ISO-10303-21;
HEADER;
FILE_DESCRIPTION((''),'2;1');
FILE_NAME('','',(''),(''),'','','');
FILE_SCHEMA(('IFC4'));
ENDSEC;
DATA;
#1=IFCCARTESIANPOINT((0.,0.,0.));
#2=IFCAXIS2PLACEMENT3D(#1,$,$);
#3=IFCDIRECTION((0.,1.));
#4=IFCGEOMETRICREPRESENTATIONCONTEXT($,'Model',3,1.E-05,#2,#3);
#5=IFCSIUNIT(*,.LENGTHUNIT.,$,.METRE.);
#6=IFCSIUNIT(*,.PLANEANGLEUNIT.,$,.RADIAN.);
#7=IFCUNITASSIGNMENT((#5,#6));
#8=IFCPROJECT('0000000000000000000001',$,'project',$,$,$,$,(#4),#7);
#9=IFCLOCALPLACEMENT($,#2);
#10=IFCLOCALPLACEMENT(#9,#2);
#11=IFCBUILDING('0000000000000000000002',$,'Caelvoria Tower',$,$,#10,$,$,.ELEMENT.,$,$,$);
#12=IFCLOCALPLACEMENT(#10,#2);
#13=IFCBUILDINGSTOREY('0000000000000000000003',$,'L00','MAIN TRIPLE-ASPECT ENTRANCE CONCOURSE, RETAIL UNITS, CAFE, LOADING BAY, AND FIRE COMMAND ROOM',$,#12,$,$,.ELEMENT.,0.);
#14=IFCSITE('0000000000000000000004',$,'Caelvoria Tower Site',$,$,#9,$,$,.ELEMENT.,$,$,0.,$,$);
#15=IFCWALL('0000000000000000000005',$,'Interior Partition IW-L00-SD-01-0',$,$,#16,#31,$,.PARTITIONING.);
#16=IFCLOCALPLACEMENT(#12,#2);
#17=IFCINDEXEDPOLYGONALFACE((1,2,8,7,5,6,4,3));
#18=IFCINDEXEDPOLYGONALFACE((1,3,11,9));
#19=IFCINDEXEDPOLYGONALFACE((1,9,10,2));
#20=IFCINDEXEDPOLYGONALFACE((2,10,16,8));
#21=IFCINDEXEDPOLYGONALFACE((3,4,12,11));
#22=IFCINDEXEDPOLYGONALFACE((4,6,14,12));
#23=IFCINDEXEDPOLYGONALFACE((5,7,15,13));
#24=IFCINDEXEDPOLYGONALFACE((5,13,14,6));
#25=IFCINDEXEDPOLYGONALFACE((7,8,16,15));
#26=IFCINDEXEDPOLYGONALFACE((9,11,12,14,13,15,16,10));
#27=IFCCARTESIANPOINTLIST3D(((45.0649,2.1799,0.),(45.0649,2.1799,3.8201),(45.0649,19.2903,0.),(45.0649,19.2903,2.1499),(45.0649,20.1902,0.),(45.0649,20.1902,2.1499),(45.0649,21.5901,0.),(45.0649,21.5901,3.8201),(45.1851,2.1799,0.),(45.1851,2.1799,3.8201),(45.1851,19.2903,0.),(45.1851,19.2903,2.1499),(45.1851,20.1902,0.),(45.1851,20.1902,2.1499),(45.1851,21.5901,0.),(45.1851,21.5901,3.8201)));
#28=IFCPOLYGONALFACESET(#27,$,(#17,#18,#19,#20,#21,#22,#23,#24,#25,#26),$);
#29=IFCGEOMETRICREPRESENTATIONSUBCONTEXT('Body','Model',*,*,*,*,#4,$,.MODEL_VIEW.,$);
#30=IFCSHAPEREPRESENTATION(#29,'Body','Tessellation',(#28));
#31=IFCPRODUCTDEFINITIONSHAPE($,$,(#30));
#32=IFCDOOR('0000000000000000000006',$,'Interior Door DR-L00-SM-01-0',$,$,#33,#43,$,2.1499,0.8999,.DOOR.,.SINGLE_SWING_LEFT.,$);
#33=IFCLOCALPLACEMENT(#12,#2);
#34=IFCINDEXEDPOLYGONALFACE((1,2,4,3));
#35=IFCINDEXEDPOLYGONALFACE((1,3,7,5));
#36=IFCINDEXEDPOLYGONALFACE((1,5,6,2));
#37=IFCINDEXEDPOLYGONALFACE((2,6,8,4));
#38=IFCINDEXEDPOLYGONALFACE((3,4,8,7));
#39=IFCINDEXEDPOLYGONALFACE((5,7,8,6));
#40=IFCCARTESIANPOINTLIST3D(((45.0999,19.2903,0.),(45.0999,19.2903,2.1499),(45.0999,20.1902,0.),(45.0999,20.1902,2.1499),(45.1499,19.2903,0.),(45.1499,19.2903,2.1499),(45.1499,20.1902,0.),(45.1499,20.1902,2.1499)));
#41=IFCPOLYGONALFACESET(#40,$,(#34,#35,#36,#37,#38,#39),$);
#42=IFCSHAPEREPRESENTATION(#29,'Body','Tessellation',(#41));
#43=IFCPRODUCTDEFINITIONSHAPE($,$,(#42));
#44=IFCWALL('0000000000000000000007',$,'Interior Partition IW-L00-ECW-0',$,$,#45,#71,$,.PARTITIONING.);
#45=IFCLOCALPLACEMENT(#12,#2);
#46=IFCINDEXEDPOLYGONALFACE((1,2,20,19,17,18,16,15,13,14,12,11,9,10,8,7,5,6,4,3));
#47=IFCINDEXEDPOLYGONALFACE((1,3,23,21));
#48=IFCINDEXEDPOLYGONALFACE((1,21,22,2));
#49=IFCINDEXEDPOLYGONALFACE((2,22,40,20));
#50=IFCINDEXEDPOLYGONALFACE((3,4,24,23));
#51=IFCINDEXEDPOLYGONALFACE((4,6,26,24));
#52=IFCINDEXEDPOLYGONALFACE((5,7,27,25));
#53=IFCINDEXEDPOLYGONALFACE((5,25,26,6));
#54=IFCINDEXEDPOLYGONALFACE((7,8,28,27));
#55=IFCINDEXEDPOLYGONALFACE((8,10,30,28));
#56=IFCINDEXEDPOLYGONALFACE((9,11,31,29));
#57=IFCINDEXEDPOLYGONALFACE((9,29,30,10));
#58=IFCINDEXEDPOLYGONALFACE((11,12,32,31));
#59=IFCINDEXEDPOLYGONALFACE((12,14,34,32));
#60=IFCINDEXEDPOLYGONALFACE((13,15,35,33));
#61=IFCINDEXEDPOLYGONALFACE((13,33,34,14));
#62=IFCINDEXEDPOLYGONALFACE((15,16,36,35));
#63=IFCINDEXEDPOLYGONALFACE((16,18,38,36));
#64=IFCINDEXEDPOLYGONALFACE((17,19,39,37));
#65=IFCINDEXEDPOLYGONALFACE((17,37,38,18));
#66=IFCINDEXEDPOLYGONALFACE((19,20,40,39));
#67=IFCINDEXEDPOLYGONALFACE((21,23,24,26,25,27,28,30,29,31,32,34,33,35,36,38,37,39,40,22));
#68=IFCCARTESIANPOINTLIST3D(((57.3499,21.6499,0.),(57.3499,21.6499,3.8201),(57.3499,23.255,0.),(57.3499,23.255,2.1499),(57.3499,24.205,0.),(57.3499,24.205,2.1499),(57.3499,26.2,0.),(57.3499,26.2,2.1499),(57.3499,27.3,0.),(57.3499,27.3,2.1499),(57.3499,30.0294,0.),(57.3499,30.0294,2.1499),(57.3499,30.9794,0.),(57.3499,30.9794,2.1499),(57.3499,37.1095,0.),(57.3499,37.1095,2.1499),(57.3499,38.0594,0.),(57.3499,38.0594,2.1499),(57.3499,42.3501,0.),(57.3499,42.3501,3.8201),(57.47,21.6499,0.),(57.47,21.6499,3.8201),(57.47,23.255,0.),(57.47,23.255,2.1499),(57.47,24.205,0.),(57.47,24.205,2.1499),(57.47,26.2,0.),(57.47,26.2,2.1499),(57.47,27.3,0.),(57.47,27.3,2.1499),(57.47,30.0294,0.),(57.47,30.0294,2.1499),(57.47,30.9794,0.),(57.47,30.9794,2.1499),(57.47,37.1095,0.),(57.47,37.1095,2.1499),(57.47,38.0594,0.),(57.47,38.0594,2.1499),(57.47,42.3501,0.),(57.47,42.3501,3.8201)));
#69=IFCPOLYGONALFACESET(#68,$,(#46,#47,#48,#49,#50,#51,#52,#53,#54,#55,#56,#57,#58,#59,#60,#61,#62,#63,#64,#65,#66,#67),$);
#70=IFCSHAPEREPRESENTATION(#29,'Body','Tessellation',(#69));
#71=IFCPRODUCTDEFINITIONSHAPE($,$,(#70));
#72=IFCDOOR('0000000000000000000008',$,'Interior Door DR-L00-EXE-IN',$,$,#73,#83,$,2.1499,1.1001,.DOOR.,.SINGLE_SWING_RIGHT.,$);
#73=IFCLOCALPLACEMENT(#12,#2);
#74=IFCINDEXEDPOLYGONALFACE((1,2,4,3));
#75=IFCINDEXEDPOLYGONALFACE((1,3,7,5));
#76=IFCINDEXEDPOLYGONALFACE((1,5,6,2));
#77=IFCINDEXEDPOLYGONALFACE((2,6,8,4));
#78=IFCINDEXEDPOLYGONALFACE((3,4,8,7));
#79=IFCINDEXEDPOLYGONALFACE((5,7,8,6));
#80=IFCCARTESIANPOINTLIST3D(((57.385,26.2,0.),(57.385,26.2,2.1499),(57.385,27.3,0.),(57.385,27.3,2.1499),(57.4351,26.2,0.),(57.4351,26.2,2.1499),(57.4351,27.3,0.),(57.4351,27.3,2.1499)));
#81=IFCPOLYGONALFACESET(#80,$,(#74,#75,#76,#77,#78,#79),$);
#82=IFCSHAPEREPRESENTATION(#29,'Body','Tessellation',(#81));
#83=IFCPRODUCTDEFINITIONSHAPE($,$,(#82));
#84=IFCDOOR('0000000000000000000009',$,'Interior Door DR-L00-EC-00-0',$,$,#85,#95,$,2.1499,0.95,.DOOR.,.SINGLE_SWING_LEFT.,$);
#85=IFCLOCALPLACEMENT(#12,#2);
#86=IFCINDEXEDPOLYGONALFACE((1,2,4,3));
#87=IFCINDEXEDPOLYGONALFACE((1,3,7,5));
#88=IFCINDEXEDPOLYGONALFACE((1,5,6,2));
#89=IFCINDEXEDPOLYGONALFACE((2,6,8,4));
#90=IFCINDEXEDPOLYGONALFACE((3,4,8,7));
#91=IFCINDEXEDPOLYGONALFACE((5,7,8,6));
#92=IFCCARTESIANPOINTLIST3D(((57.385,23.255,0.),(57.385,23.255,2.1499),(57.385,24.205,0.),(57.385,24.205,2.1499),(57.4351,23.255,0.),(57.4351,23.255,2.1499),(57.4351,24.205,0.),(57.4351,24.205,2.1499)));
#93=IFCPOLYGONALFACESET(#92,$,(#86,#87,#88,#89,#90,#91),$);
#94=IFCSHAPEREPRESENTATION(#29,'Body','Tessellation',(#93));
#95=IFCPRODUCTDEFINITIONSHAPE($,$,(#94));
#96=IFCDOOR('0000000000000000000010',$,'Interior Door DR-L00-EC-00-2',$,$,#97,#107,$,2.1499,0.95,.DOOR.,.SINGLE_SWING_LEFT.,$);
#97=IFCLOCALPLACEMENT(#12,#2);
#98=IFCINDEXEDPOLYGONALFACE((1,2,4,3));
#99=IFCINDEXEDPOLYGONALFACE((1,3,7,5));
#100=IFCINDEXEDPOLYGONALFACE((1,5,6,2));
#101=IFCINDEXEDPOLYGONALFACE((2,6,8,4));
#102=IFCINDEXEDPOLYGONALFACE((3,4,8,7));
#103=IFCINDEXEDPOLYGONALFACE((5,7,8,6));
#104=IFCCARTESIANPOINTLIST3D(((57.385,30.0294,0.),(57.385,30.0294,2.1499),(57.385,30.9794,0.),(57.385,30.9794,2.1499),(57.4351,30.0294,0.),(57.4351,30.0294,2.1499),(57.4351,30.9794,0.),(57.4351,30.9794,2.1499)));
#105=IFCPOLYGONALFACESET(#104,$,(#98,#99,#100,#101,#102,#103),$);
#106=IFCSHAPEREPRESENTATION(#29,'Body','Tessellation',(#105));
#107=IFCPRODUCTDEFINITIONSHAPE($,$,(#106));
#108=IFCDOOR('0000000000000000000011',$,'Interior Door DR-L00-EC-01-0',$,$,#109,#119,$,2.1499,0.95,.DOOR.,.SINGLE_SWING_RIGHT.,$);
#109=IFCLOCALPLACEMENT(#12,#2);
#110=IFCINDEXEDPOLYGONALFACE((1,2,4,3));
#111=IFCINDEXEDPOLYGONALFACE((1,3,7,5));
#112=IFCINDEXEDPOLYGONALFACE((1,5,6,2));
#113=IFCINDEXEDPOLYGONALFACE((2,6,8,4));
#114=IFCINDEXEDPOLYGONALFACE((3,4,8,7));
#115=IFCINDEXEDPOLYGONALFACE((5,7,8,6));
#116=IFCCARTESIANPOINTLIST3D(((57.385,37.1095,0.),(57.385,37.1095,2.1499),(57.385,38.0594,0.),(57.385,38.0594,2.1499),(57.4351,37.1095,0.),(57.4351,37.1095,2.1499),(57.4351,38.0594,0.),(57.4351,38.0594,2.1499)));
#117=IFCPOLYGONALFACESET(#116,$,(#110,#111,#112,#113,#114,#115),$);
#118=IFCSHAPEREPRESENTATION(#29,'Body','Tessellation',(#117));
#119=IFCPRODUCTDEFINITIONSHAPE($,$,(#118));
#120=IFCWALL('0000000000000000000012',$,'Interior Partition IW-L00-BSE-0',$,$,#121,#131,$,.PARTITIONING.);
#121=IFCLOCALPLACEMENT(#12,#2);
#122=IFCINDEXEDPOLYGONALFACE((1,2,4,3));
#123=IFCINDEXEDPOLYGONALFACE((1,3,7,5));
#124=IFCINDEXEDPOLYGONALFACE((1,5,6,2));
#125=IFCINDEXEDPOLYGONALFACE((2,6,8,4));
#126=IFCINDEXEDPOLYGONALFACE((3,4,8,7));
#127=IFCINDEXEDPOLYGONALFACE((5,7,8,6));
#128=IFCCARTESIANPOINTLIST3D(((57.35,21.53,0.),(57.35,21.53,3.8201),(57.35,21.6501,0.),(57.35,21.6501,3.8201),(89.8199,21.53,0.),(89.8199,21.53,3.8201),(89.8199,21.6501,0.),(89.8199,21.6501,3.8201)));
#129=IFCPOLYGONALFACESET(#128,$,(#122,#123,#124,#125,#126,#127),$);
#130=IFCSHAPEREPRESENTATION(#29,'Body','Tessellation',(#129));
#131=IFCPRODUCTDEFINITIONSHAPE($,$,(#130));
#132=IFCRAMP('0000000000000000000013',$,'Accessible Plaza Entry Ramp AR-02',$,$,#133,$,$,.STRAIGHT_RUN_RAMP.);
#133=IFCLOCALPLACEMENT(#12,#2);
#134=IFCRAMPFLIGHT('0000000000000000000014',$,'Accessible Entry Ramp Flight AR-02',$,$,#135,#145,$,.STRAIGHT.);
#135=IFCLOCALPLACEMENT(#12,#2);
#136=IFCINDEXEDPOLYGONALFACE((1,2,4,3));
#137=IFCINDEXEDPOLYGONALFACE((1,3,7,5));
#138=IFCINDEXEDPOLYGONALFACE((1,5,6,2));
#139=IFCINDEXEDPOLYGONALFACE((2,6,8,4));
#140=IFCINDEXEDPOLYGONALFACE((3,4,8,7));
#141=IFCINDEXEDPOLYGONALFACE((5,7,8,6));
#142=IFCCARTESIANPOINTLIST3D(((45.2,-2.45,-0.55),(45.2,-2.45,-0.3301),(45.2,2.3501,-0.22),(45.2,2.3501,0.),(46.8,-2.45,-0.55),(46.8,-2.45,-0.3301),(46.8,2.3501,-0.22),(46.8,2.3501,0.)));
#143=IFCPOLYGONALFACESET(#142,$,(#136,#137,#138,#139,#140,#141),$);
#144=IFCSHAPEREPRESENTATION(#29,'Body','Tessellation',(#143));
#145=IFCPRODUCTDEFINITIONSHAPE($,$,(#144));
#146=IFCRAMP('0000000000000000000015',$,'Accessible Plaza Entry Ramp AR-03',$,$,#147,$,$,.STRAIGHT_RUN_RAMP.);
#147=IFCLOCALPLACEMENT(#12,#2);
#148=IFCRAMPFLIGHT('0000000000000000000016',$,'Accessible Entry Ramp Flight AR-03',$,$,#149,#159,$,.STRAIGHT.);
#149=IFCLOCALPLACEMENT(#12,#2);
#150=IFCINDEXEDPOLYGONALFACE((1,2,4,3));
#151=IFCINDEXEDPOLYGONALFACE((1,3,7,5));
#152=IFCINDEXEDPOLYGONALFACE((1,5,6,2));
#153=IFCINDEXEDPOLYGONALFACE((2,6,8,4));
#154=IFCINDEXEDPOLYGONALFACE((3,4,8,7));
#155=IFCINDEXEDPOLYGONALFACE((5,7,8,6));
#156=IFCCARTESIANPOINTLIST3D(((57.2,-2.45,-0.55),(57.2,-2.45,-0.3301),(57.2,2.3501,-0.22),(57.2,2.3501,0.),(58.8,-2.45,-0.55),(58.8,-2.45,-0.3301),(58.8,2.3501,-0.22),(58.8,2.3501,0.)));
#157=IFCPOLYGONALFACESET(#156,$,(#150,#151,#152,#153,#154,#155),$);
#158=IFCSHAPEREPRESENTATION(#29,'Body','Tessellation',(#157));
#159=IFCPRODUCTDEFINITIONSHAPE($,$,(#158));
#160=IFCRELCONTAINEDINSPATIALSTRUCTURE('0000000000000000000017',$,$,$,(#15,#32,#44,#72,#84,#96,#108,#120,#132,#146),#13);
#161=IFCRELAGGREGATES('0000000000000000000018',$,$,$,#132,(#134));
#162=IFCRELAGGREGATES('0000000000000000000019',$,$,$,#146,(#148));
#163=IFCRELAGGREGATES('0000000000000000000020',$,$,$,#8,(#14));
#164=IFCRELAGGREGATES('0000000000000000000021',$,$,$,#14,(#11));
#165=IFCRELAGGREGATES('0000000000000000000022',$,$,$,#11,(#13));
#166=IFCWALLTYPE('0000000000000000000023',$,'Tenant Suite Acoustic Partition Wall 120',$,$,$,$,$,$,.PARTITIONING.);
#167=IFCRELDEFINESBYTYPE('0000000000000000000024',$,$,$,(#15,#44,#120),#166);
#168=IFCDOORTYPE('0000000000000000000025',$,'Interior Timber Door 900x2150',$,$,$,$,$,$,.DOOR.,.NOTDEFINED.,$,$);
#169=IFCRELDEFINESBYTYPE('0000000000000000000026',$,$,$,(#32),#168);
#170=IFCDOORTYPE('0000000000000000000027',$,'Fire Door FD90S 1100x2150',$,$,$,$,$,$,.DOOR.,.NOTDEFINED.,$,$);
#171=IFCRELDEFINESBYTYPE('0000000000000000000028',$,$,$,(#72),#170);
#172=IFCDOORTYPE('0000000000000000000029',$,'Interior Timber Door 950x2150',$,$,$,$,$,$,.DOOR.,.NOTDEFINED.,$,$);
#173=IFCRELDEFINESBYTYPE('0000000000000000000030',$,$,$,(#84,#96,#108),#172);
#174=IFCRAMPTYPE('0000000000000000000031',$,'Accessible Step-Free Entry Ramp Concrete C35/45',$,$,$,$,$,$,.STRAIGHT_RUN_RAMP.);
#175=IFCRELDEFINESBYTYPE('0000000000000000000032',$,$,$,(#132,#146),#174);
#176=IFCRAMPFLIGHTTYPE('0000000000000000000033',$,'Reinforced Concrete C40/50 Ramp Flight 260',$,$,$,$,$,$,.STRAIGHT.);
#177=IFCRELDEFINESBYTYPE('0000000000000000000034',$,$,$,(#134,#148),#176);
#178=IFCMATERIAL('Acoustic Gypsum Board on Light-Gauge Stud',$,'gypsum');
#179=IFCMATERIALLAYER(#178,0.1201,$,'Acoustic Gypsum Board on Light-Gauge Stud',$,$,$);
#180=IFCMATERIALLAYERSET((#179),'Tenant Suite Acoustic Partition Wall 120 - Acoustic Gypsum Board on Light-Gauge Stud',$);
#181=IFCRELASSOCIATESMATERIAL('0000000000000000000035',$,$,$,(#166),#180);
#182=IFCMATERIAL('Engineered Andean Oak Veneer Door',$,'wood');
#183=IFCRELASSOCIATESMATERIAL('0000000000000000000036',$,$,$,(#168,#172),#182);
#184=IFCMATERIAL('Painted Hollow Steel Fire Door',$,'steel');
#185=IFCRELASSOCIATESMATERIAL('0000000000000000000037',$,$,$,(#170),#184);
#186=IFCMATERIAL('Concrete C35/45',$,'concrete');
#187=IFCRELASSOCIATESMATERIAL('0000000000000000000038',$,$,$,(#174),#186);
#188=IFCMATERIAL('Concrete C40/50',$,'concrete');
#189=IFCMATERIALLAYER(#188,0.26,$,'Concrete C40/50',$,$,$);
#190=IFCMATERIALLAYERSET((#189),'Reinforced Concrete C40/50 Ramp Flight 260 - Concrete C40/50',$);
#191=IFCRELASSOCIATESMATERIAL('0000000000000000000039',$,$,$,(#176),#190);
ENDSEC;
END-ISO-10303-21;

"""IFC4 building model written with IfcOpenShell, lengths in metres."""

from ifc_helpers import new_model, si_unit, direction, frame, frame_2d, origin, place, context, subcontext, project, spatial, polyline, rectangle, outline, extrude, material, layer, layer_set, type_object, element, fill, aggregate, save


model = new_model("IFC4")

# Units and contexts
model_context = context("Model", 3, precision=1e-05, world=origin(), true_north=direction((0.0, 1.0)))
body_context = subcontext(model_context, "Body", "Model", "MODEL_VIEW")
ifc_project = project(units=[si_unit("LENGTHUNIT", "METRE"), si_unit("PLANEANGLEUNIT", "RADIAN")], contexts=[model_context])

# Site, building, storey
site_placement = place(None, origin())
site = spatial("IfcSite", under=ifc_project, at=site_placement, Name="Caelvoria Tower Site", CompositionType="ELEMENT", RefElevation=0.0)
building_placement = place(site_placement, origin())
building = spatial("IfcBuilding", under=site, at=building_placement, Name="Caelvoria Tower", CompositionType="ELEMENT")
storey_placement = place(building_placement, origin())
storey = spatial("IfcBuildingStorey", under=building, at=storey_placement, Name="L00", Description="MAIN TRIPLE-ASPECT ENTRANCE CONCOURSE, RETAIL UNITS, CAFE, LOADING BAY, AND FIRE COMMAND ROOM", CompositionType="ELEMENT", Elevation=0.0)

# Wall, opening, door
ifc_material_1 = material(Name="Painted Hollow Steel Fire Door", Category="steel")
ifc_material_2 = material(Name="Acoustic Gypsum Board on Light-Gauge Stud", Category="gypsum")
ifc_layer_1 = layer(ifc_material_2, 0.1201, Name="Acoustic Gypsum Board on Light-Gauge Stud")
ifc_layer_set_1 = layer_set([ifc_layer_1], Name="Tenant Suite Acoustic Partition Wall 120 - Acoustic Gypsum Board on Light-Gauge Stud")
wall_type_1 = type_object("IfcWallType", Name="Tenant Suite Acoustic Partition Wall 120", PredefinedType="PARTITIONING", material=ifc_layer_set_1)
wall_1_placement = place(storey_placement, frame((45.125, 21.5901, 0.0), z_axis=(0.0, 0.0, 1.0), x_axis=(0.0, -1.0, 0.0)))
wall_1 = element("IfcWall", 1, at=wall_1_placement, inside=storey, type_object=wall_type_1, Name="Interior Partition IW-L00-SD-01-0", PredefinedType="PARTITIONING", context=body_context, shape_type="SweptSolid", body=[
    extrude(rectangle(XDim=19.4102, YDim=0.1201, at=frame_2d((9.7051, 0.0))), origin(), (0.0, 0.0, 1.0), 3.8201),
])
opening_1_placement = place(wall_1_placement, frame((1.3999, 0.0, 0.0)))
opening_1 = element("IfcOpeningElement", 2, at=opening_1_placement, cuts=wall_1, PredefinedType="OPENING", context=body_context, shape_type="SweptSolid", body=[
    extrude(rectangle(XDim=0.8999, YDim=2.1499, at=frame_2d((0.45, 1.075))), frame((0.0, 0.0701, 0.0), z_axis=(0.0, -1.0, 0.0), x_axis=(1.0, 0.0, 0.0)), (0.0, 0.0, 1.0), 0.1401),
])
ifc_material_3 = material(Name="Engineered Andean Oak Veneer Door", Category="wood")
door_type_1 = type_object("IfcDoorType", Name="Interior Timber Door 900x2150", OperationType="NOTDEFINED", PredefinedType="DOOR", material=ifc_material_3)
door_1_placement = place(opening_1_placement, origin())
door_1 = element("IfcDoor", 3, at=door_1_placement, inside=storey, type_object=door_type_1, Name="Interior Door DR-L00-SM-01-0", OperationType="SINGLE_SWING_LEFT", OverallHeight=2.1499, OverallWidth=0.8999, PredefinedType="DOOR", context=body_context, shape_type="SweptSolid", body=[
    extrude(rectangle(XDim=0.8999, YDim=2.1499, at=frame_2d((0.45, 1.075))), frame((0.0, 0.0249, 0.0), z_axis=(0.0, -1.0, 0.0), x_axis=(1.0, 0.0, 0.0)), (0.0, 0.0, 1.0), 0.05),
])
fill(opening_1, door_1)

# Wall, openings, doors
wall_2_placement = place(storey_placement, frame((57.4099, 21.6499, 0.0), z_axis=(0.0, 0.0, 1.0), x_axis=(0.0, 1.0, 0.0)))
wall_2 = element("IfcWall", 4, at=wall_2_placement, inside=storey, type_object=wall_type_1, Name="Interior Partition IW-L00-ECW-0", PredefinedType="PARTITIONING", context=body_context, shape_type="SweptSolid", body=[
    extrude(rectangle(XDim=20.7002, YDim=0.1201, at=frame_2d((10.3501, 0.0))), origin(), (0.0, 0.0, 1.0), 3.8201),
])
opening_2_placement = place(wall_2_placement, frame((1.605, 0.0, 0.0)))
opening_2 = element("IfcOpeningElement", 5, at=opening_2_placement, cuts=wall_2, PredefinedType="OPENING", context=body_context, shape_type="SweptSolid", body=[
    extrude(rectangle(XDim=0.95, YDim=2.1499, at=frame_2d((0.4751, 1.075))), frame((0.0, 0.0701, 0.0), z_axis=(0.0, -1.0, 0.0), x_axis=(1.0, 0.0, 0.0)), (0.0, 0.0, 1.0), 0.1401),
])
opening_3_placement = place(wall_2_placement, frame((8.3794, 0.0, 0.0)))
opening_3 = element("IfcOpeningElement", 6, at=opening_3_placement, cuts=wall_2, PredefinedType="OPENING", context=body_context, shape_type="SweptSolid", body=[
    extrude(rectangle(XDim=0.95, YDim=2.1499, at=frame_2d((0.4751, 1.075))), frame((0.0, 0.0701, 0.0), z_axis=(0.0, -1.0, 0.0), x_axis=(1.0, 0.0, 0.0)), (0.0, 0.0, 1.0), 0.1401),
])
opening_4_placement = place(wall_2_placement, frame((15.4595, 0.0, 0.0)))
opening_4 = element("IfcOpeningElement", 7, at=opening_4_placement, cuts=wall_2, PredefinedType="OPENING", context=body_context, shape_type="SweptSolid", body=[
    extrude(rectangle(XDim=0.95, YDim=2.1499, at=frame_2d((0.4751, 1.075))), frame((0.0, 0.0701, 0.0), z_axis=(0.0, -1.0, 0.0), x_axis=(1.0, 0.0, 0.0)), (0.0, 0.0, 1.0), 0.1401),
])
opening_5_placement = place(wall_2_placement, frame((4.55, 0.0, 0.0)))
opening_5 = element("IfcOpeningElement", 8, at=opening_5_placement, cuts=wall_2, PredefinedType="OPENING", context=body_context, shape_type="SweptSolid", body=[
    extrude(rectangle(XDim=1.1001, YDim=2.1499, at=frame_2d((0.55, 1.075))), frame((0.0, 0.0701, 0.0), z_axis=(0.0, -1.0, 0.0), x_axis=(1.0, 0.0, 0.0)), (0.0, 0.0, 1.0), 0.1401),
])
door_type_2 = type_object("IfcDoorType", Name="Fire Door FD90S 1100x2150", OperationType="NOTDEFINED", PredefinedType="DOOR", material=ifc_material_1)
door_2_placement = place(opening_5_placement, origin())
door_2 = element("IfcDoor", 9, at=door_2_placement, inside=storey, type_object=door_type_2, Name="Interior Door DR-L00-EXE-IN", OperationType="SINGLE_SWING_RIGHT", OverallHeight=2.1499, OverallWidth=1.1001, PredefinedType="DOOR", context=body_context, shape_type="SweptSolid", body=[
    extrude(rectangle(XDim=1.1001, YDim=2.1499, at=frame_2d((0.55, 1.075))), frame((0.0, 0.0249, 0.0), z_axis=(0.0, -1.0, 0.0), x_axis=(1.0, 0.0, 0.0)), (0.0, 0.0, 1.0), 0.05),
])
fill(opening_5, door_2)
door_type_3 = type_object("IfcDoorType", Name="Interior Timber Door 950x2150", OperationType="NOTDEFINED", PredefinedType="DOOR", material=ifc_material_3)
door_3_placement = place(opening_2_placement, origin())
door_3 = element("IfcDoor", 10, at=door_3_placement, inside=storey, type_object=door_type_3, Name="Interior Door DR-L00-EC-00-0", OperationType="SINGLE_SWING_LEFT", OverallHeight=2.1499, OverallWidth=0.95, PredefinedType="DOOR", context=body_context, shape_type="SweptSolid", body=[
    extrude(rectangle(XDim=0.95, YDim=2.1499, at=frame_2d((0.4751, 1.075))), frame((0.0, 0.0249, 0.0), z_axis=(0.0, -1.0, 0.0), x_axis=(1.0, 0.0, 0.0)), (0.0, 0.0, 1.0), 0.05),
])
fill(opening_2, door_3)
door_4_placement = place(opening_3_placement, origin())
door_4 = element("IfcDoor", 11, at=door_4_placement, inside=storey, type_object=door_type_3, Name="Interior Door DR-L00-EC-00-2", OperationType="SINGLE_SWING_LEFT", OverallHeight=2.1499, OverallWidth=0.95, PredefinedType="DOOR", context=body_context, shape_type="SweptSolid", body=[
    extrude(rectangle(XDim=0.95, YDim=2.1499, at=frame_2d((0.4751, 1.075))), frame((0.0, 0.0249, 0.0), z_axis=(0.0, -1.0, 0.0), x_axis=(1.0, 0.0, 0.0)), (0.0, 0.0, 1.0), 0.05),
])
fill(opening_3, door_4)
door_5_placement = place(opening_4_placement, origin())
door_5 = element("IfcDoor", 12, at=door_5_placement, inside=storey, type_object=door_type_3, Name="Interior Door DR-L00-EC-01-0", OperationType="SINGLE_SWING_RIGHT", OverallHeight=2.1499, OverallWidth=0.95, PredefinedType="DOOR", context=body_context, shape_type="SweptSolid", body=[
    extrude(rectangle(XDim=0.95, YDim=2.1499, at=frame_2d((0.4751, 1.075))), frame((0.0, 0.0249, 0.0), z_axis=(0.0, -1.0, 0.0), x_axis=(1.0, 0.0, 0.0)), (0.0, 0.0, 1.0), 0.05),
])
fill(opening_4, door_5)

# Wall
wall_3_placement = place(storey_placement, frame((57.3501, 21.5901, 0.0), z_axis=(0.0, 0.0, 1.0), x_axis=(1.0, 0.0, 0.0)))
element("IfcWall", 13, at=wall_3_placement, inside=storey, type_object=wall_type_1, Name="Interior Partition IW-L00-BSE-0", PredefinedType="PARTITIONING", context=body_context, shape_type="SweptSolid", body=[
    extrude(rectangle(XDim=32.47, YDim=0.1201, at=frame_2d((16.2349, 0.0))), origin(), (0.0, 0.0, 1.0), 3.8201),
])

# Ramps, ramp flights
ifc_material_4 = material(Name="Concrete C35/45", Category="concrete")
ramp_type = type_object("IfcRampType", Name="Accessible Step-Free Entry Ramp Concrete C35/45", PredefinedType="STRAIGHT_RUN_RAMP", material=ifc_material_4)
ramp_1_placement = place(storey_placement, origin())
ramp_1 = element("IfcRamp", 14, at=ramp_1_placement, inside=storey, type_object=ramp_type, Name="Accessible Plaza Entry Ramp AR-02", PredefinedType="STRAIGHT_RUN_RAMP")
ifc_material_5 = material(Name="Concrete C40/50", Category="concrete")
ifc_layer_2 = layer(ifc_material_5, 0.26, Name="Concrete C40/50")
ifc_layer_set_2 = layer_set([ifc_layer_2], Name="Reinforced Concrete C40/50 Ramp Flight 260 - Concrete C40/50")
ramp_flight_type = type_object("IfcRampFlightType", Name="Reinforced Concrete C40/50 Ramp Flight 260", PredefinedType="STRAIGHT", material=ifc_layer_set_2)
ramp_flight_1_placement = place(storey_placement, frame((46.0, -2.45, -0.3301), z_axis=(0.0, 0.0, 1.0), x_axis=(0.0, 1.0, 0.0)))
ramp_flight_1 = element("IfcRampFlight", 15, at=ramp_flight_1_placement, type_object=ramp_flight_type, Name="Accessible Entry Ramp Flight AR-02", PredefinedType="STRAIGHT", context=body_context, shape_type="SweptSolid", body=[
    extrude(outline(polyline([(0.0, 0.0), (4.8, 0.3301), (4.8, 0.1101), (0.0, -0.22), (0.0, 0.0)])), frame((0.0, 0.8, 0.0), z_axis=(0.0, -1.0, 0.0), x_axis=(1.0, 0.0, 0.0)), (0.0, 0.0, 1.0), 1.6001),
])
aggregate(ramp_1, [ramp_flight_1])
ramp_2_placement = place(storey_placement, origin())
ramp_2 = element("IfcRamp", 16, at=ramp_2_placement, inside=storey, type_object=ramp_type, Name="Accessible Plaza Entry Ramp AR-03", PredefinedType="STRAIGHT_RUN_RAMP")
ramp_flight_2_placement = place(storey_placement, frame((58.0, -2.45, -0.3301), z_axis=(0.0, 0.0, 1.0), x_axis=(0.0, 1.0, 0.0)))
ramp_flight_2 = element("IfcRampFlight", 17, at=ramp_flight_2_placement, type_object=ramp_flight_type, Name="Accessible Entry Ramp Flight AR-03", PredefinedType="STRAIGHT", context=body_context, shape_type="SweptSolid", body=[
    extrude(outline(polyline([(0.0, 0.0), (4.8, 0.3301), (4.8, 0.1101), (0.0, -0.22), (0.0, 0.0)])), frame((0.0, 0.8, 0.0), z_axis=(0.0, -1.0, 0.0), x_axis=(1.0, 0.0, 0.0)), (0.0, 0.0, 1.0), 1.6001),
])
aggregate(ramp_2, [ramp_flight_2])

save(model, "model.ifc")
